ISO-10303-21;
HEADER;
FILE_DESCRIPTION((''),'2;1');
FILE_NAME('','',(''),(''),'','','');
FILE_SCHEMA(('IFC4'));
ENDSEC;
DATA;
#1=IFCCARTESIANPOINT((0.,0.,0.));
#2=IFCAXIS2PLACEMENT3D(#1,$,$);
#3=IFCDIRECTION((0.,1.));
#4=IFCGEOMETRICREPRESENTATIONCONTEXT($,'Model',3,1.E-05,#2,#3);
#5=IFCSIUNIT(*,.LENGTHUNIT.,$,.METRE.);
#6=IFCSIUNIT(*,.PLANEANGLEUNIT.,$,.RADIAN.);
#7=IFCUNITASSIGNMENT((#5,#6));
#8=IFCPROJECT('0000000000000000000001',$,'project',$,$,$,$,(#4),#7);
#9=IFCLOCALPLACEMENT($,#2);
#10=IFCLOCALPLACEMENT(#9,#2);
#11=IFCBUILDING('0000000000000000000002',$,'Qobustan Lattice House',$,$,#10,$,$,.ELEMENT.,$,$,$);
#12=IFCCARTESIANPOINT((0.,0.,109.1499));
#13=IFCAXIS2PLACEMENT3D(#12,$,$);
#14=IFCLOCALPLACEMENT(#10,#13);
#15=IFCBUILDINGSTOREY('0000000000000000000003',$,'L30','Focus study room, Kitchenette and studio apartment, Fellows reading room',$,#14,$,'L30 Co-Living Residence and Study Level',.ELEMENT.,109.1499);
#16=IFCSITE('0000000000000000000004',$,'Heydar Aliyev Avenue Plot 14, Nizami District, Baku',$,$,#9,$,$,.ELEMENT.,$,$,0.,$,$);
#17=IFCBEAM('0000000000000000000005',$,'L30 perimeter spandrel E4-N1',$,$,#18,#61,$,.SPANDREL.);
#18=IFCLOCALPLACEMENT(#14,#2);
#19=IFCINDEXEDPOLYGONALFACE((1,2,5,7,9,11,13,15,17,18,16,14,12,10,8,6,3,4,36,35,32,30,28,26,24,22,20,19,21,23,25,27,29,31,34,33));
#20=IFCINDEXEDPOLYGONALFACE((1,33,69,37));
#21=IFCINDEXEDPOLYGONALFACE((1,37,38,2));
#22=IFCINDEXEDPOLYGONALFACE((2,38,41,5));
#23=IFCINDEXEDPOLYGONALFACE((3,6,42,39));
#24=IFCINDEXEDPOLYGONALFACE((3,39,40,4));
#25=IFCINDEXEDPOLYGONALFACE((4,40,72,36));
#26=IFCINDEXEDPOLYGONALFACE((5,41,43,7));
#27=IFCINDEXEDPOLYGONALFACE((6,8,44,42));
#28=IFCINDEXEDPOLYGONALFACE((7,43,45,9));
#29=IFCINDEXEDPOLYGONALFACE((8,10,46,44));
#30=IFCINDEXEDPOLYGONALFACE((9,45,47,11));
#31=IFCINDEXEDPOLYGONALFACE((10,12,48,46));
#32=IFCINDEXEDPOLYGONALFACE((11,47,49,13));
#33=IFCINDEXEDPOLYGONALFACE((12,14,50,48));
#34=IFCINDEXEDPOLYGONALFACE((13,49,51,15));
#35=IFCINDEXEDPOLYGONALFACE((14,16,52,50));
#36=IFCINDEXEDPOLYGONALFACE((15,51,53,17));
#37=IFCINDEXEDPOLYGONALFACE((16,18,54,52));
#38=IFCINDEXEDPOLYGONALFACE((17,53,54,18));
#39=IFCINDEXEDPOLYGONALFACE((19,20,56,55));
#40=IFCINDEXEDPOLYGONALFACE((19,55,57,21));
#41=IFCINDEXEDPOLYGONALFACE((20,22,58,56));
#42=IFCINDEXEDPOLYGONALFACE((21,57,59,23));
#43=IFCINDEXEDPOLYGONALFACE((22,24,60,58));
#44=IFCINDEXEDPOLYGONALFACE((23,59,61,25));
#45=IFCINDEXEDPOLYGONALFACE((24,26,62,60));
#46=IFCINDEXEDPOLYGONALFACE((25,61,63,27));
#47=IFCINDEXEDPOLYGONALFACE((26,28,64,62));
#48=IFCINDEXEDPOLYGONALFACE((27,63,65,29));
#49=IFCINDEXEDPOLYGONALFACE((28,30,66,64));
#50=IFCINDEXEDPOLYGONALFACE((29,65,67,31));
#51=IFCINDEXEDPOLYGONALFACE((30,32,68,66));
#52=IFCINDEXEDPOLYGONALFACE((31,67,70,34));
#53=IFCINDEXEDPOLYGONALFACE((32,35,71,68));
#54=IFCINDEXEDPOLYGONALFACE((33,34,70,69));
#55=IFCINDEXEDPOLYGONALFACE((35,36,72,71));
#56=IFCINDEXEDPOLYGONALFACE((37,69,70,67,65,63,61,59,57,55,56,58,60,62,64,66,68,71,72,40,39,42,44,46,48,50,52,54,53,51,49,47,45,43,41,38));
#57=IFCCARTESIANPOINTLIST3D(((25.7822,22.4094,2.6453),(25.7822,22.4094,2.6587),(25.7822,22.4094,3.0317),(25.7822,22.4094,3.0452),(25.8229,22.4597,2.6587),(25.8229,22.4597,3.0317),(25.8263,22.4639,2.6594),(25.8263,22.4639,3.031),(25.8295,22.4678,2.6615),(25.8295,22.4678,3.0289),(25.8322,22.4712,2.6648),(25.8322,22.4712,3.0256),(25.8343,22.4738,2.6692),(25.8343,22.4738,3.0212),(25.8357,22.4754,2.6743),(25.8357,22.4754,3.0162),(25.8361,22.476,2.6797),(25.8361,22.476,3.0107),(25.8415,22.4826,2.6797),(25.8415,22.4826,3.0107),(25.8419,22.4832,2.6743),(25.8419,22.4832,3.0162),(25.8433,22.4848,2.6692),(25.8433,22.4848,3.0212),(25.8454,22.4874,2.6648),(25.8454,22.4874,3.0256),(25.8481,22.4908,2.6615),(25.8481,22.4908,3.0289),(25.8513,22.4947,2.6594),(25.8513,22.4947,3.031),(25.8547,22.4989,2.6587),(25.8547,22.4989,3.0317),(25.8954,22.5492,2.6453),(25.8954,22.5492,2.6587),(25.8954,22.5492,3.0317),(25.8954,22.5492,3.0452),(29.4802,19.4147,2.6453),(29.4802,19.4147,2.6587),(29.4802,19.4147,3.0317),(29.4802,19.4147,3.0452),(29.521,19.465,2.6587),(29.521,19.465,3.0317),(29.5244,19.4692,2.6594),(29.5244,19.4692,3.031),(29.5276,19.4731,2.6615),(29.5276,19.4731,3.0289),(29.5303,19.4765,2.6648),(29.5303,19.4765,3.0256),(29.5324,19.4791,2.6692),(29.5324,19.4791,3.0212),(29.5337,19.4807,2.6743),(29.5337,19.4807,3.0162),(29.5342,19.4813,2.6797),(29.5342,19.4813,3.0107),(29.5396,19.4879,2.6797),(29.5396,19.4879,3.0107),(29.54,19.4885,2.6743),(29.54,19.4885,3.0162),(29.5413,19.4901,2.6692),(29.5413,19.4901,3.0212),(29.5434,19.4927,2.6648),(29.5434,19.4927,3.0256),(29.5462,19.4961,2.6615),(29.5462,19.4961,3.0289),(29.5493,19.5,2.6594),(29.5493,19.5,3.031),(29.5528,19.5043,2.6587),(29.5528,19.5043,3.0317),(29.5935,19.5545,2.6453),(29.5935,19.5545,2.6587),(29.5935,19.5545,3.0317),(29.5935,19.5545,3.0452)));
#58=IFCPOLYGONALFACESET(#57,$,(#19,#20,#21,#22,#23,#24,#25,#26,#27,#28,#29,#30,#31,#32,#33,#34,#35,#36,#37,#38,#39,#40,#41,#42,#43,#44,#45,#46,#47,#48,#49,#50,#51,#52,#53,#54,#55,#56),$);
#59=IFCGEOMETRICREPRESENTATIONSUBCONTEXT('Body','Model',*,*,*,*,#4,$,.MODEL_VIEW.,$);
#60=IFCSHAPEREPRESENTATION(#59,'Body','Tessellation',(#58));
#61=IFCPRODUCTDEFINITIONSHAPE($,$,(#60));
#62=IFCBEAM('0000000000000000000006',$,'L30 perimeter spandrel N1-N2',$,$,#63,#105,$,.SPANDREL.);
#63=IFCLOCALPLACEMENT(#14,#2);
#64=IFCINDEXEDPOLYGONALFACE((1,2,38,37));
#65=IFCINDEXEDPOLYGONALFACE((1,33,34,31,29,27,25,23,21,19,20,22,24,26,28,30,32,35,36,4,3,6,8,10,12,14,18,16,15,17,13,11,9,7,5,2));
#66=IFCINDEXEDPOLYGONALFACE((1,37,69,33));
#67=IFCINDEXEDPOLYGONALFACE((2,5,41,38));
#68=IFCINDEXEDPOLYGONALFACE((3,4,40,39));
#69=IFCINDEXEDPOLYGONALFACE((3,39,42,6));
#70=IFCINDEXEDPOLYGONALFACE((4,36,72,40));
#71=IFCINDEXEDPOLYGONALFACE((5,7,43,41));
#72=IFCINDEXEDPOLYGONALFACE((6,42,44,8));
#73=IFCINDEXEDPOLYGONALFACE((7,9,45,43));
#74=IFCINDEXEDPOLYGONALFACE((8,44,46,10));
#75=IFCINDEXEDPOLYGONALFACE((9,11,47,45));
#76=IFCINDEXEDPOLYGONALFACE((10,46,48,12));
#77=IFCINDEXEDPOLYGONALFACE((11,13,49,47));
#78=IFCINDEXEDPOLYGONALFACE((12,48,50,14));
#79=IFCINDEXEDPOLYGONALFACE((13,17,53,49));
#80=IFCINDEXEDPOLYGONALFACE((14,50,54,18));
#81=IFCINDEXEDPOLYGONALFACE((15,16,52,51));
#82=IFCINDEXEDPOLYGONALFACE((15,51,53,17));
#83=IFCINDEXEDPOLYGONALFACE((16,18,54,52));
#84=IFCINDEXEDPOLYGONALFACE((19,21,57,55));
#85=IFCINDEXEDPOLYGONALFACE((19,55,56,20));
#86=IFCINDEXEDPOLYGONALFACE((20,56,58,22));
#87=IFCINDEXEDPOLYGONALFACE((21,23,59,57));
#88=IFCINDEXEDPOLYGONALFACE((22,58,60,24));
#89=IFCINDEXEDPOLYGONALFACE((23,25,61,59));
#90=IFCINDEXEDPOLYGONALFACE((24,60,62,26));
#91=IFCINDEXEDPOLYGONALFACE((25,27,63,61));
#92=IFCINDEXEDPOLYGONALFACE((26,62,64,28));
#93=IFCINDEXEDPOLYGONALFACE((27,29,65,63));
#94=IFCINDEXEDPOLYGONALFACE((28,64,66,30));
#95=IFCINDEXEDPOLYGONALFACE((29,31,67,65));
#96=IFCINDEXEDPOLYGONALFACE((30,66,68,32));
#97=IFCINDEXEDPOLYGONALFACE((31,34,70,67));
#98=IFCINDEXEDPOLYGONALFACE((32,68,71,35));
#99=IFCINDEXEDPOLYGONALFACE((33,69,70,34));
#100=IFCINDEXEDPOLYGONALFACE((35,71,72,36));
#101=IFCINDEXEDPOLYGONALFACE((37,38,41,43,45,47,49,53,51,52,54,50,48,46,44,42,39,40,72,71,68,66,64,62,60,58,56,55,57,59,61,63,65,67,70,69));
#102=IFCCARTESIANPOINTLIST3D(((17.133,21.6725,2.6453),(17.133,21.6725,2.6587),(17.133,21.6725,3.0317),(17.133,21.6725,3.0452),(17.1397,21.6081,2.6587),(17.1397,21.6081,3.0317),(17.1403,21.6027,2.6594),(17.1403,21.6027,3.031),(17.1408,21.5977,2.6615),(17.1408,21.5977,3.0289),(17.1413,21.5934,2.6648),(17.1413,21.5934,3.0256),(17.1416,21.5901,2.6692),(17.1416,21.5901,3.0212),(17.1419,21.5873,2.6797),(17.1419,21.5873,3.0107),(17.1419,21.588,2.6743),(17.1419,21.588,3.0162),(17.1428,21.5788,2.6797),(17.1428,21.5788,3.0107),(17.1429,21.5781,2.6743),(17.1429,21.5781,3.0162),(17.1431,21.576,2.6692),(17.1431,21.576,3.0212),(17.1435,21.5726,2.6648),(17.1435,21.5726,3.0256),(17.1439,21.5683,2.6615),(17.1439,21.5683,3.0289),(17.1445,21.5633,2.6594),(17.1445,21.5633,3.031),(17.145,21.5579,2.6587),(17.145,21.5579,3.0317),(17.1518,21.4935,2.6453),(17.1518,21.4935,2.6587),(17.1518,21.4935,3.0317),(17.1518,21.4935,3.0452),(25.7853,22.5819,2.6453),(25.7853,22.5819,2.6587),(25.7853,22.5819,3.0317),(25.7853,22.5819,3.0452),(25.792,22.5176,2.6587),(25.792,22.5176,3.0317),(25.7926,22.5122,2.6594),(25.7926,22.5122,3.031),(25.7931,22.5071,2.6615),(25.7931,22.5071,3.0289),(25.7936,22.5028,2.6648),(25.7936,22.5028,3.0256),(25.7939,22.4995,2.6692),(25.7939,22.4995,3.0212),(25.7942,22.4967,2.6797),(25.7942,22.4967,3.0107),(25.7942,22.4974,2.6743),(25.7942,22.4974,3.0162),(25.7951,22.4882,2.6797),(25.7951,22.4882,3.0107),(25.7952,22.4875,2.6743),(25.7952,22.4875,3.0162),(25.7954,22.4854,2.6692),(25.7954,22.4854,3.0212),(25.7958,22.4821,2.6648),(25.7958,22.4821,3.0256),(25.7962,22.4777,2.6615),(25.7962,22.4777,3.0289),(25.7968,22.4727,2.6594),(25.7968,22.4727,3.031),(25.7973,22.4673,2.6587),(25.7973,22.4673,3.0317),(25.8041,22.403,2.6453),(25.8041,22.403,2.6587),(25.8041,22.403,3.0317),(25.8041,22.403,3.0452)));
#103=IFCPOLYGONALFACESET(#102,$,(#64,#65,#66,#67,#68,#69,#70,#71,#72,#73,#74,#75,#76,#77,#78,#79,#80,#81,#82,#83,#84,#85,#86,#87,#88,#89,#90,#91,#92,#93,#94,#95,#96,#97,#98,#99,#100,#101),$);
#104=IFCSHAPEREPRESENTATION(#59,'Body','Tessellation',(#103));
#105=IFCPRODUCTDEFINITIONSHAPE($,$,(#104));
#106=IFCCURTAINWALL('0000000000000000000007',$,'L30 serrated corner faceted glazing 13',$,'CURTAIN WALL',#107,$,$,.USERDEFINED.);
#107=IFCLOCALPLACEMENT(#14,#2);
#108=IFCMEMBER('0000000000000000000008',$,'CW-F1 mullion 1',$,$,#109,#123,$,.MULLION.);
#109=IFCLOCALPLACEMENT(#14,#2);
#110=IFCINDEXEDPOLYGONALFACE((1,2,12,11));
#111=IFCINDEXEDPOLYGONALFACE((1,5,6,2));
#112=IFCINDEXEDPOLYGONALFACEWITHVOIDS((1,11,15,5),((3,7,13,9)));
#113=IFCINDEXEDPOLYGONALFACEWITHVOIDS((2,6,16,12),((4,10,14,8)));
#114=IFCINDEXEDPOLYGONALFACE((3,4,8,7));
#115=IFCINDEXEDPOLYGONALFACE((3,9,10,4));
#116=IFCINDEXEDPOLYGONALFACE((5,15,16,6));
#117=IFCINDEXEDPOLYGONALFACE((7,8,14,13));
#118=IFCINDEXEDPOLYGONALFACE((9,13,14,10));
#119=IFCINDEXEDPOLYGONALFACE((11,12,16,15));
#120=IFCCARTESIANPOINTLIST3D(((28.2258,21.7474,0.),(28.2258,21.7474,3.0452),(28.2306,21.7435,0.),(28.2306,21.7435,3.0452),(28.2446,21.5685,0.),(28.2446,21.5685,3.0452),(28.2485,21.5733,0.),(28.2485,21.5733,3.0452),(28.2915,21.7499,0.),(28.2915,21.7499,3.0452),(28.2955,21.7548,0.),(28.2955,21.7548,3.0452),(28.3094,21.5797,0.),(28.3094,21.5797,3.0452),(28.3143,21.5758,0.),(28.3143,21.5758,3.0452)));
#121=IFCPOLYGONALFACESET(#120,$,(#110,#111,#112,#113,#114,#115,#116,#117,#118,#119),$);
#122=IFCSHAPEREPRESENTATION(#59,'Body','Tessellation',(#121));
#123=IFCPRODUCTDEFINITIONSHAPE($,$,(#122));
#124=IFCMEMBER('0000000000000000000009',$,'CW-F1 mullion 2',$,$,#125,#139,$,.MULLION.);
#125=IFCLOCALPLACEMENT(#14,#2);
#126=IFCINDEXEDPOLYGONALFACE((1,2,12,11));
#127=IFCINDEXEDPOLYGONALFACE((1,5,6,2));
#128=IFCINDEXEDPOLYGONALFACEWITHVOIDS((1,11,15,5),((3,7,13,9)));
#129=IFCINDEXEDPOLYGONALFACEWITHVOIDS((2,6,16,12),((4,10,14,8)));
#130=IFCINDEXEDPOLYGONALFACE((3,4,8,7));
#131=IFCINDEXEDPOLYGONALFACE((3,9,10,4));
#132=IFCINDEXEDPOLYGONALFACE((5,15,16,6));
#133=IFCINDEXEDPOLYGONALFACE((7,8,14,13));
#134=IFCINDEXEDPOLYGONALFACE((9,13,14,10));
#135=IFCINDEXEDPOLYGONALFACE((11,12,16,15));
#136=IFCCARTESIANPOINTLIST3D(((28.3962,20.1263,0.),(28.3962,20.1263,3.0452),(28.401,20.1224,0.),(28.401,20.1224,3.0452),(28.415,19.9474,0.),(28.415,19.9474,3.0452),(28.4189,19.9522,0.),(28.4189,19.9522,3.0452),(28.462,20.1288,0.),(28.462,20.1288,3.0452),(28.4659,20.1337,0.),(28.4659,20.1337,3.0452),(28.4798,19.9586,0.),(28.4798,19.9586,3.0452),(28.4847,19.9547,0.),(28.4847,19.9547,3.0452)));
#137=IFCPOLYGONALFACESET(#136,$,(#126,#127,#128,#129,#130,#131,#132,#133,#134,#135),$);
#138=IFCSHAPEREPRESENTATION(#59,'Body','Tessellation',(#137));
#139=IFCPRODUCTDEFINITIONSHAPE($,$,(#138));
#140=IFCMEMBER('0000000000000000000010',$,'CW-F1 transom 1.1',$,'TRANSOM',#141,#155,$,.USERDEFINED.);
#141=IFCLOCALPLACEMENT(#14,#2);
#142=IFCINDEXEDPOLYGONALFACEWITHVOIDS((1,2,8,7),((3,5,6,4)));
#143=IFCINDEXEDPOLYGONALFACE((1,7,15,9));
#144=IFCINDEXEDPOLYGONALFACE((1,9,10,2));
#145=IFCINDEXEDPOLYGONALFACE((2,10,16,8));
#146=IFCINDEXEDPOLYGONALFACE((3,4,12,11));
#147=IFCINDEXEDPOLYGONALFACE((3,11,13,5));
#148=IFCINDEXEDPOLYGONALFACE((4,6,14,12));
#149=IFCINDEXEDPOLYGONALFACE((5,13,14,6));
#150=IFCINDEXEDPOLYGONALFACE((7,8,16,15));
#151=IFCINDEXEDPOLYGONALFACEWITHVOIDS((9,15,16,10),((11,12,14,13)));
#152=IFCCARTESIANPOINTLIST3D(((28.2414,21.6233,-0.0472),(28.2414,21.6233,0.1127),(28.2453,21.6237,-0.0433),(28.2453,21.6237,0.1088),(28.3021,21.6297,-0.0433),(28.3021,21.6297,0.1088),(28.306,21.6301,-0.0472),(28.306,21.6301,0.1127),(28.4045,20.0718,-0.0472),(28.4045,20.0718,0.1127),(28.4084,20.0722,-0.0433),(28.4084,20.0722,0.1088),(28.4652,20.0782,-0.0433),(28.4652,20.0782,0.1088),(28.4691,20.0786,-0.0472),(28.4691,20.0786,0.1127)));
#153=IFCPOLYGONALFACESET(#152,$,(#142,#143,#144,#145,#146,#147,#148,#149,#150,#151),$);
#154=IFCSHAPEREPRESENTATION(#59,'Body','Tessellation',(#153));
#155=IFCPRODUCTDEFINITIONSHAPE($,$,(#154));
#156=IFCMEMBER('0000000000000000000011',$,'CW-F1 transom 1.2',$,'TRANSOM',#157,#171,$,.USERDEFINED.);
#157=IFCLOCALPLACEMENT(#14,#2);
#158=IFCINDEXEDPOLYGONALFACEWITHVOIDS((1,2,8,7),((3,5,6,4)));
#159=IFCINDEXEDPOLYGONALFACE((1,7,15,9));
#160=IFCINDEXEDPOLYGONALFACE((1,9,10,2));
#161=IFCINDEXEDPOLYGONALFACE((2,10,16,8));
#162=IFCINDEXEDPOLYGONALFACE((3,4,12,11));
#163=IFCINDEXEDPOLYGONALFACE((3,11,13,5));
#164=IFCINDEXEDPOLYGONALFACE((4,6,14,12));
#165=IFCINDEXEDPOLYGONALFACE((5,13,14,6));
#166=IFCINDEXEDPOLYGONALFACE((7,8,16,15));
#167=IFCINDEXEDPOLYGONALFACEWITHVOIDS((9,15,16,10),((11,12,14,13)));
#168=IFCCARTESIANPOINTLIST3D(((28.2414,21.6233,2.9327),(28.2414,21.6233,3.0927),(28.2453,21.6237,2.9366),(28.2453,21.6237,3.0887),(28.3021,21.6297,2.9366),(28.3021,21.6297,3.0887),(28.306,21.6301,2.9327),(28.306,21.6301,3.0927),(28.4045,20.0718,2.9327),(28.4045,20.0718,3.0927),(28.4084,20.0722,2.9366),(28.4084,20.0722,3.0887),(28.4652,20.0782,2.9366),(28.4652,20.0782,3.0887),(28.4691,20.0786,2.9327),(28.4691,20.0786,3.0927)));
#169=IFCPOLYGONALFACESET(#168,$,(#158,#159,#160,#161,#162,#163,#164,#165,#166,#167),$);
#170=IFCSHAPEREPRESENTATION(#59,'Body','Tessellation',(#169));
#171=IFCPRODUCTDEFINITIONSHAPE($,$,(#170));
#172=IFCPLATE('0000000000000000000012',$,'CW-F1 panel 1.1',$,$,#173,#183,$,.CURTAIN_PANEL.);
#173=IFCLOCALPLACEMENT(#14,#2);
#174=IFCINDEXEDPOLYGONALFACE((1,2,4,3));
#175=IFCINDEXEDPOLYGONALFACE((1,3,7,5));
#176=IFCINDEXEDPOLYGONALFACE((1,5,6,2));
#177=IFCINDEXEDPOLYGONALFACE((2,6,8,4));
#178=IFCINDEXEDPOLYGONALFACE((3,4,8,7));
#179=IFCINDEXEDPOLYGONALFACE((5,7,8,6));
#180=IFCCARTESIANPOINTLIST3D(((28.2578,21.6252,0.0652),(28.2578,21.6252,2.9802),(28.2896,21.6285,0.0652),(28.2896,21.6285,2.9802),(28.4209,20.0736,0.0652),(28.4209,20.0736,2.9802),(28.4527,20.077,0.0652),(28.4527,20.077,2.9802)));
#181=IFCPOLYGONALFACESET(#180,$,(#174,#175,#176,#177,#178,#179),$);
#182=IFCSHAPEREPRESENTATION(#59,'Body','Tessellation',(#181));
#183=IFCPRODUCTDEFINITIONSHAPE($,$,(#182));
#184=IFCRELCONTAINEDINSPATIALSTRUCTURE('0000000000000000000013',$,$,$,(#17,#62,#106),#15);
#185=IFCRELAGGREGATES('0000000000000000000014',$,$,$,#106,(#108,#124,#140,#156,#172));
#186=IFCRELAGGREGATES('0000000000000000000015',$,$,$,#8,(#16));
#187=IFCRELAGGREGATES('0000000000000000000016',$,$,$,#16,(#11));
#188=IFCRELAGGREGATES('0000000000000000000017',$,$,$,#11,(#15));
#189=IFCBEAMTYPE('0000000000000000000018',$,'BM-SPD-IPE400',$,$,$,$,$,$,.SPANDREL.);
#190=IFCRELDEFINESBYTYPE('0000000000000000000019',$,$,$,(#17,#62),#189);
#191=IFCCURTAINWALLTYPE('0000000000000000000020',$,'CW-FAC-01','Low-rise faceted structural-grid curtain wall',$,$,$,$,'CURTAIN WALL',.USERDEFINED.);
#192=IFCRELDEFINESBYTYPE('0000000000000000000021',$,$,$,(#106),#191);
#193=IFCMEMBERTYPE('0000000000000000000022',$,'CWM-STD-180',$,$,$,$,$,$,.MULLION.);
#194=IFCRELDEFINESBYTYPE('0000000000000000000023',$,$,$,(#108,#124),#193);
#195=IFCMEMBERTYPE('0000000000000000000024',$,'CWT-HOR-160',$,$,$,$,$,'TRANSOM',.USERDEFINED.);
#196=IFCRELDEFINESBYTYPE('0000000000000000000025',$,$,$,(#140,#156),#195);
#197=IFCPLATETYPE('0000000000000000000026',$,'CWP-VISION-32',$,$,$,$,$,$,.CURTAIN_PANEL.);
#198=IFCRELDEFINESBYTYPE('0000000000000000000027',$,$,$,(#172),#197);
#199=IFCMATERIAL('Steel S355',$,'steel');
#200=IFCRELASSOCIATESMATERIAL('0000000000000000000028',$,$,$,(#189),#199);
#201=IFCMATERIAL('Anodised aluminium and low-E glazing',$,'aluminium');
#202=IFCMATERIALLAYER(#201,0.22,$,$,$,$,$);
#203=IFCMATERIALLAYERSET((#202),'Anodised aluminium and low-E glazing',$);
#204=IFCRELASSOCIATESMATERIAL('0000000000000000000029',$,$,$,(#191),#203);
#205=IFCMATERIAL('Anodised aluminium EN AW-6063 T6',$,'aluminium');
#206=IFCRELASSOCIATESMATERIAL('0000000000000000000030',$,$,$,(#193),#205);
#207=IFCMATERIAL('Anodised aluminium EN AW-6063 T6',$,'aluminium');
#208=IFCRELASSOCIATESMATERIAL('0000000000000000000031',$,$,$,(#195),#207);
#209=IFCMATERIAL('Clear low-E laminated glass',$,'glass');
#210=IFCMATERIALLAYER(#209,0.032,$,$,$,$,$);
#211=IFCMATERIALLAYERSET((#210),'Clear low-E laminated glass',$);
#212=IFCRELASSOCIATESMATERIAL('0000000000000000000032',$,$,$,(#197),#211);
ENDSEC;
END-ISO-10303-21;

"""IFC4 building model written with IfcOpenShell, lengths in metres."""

from ifc_helpers import new_model, si_unit, direction, frame, origin, origin_2d, place, context, subcontext, project, spatial, rectangle, hollow_rectangle, i_section, extrude, material, layer, layer_set, material_profile, profile_set, type_object, element, aggregate, save


model = new_model("IFC4")

# Units and contexts
model_context = context("Model", 3, precision=1e-05, world=origin(), true_north=direction((0.0, 1.0)))
body_context = subcontext(model_context, "Body", "Model", "MODEL_VIEW")
ifc_project = project(units=[si_unit("LENGTHUNIT", "METRE"), si_unit("PLANEANGLEUNIT", "RADIAN")], contexts=[model_context])

# Site, building, storey
site_placement = place(None, origin())
site = spatial("IfcSite", under=ifc_project, at=site_placement, Name="Heydar Aliyev Avenue Plot 14, Nizami District, Baku", CompositionType="ELEMENT", RefElevation=0.0)
building_placement = place(site_placement, origin())
building = spatial("IfcBuilding", under=site, at=building_placement, Name="Qobustan Lattice House", CompositionType="ELEMENT")
storey_placement = place(building_placement, frame((0.0, 0.0, 109.1499)))
storey = spatial("IfcBuildingStorey", under=building, at=storey_placement, Name="L30", Description="Focus study room, Kitchenette and studio apartment, Fellows reading room", LongName="L30 Co-Living Residence and Study Level", CompositionType="ELEMENT", Elevation=109.1499)

# Beams
ifc_material_1 = material(Name="Steel S355", Category="steel")
ifc_material_profile_1 = material_profile(ifc_material_1, i_section(OverallWidth=0.1799, OverallDepth=0.3999, WebThickness=0.0085, FlangeThickness=0.0134, FilletRadius=0.021, at=origin_2d()), Name="IPE400")
ifc_profile_set_1 = profile_set([ifc_material_profile_1], Name="Steel S355")
beam_type_1 = type_object("IfcBeamType", Name="BM-SPD-IPE400", PredefinedType="SPANDREL", material=ifc_profile_set_1)
beam_1_placement = place(storey_placement, frame((29.5369, 19.4846, 2.8452), z_axis=(-0.777141, 0.629327, 0.0), x_axis=(-0.629327, -0.777141, 0.0)))
element("IfcBeam", 1, at=beam_1_placement, inside=storey, type_object=beam_type_1, Name="L30 perimeter spandrel E4-N1", PredefinedType="SPANDREL", context=body_context, shape_type="SweptSolid", body=[
    extrude(i_section(OverallWidth=0.1799, OverallDepth=0.3999, WebThickness=0.0085, FlangeThickness=0.0134, FilletRadius=0.021, at=origin_2d()), origin(), (0.0, 0.0, 1.0), 4.7585),
])
beam_2_placement = place(storey_placement, frame((25.7947, 22.4924, 2.8452), z_axis=(-0.994522, -0.104531, 0.0), x_axis=(0.104531, -0.994522, 0.0)))
element("IfcBeam", 2, at=beam_2_placement, inside=storey, type_object=beam_type_1, Name="L30 perimeter spandrel N1-N2", PredefinedType="SPANDREL", context=body_context, shape_type="SweptSolid", body=[
    extrude(i_section(OverallWidth=0.1799, OverallDepth=0.3999, WebThickness=0.0085, FlangeThickness=0.0134, FilletRadius=0.021, at=origin_2d()), origin(), (0.0, 0.0, 1.0), 8.7),
])

# Curtain wall, members, plate
ifc_material_2 = material(Name="Anodised aluminium and low-E glazing", Category="aluminium")
ifc_layer_1 = layer(ifc_material_2, 0.22)
ifc_layer_set_1 = layer_set([ifc_layer_1], Name="Anodised aluminium and low-E glazing")
curtain_wall_type = type_object("IfcCurtainWallType", Name="CW-FAC-01", Description="Low-rise faceted structural-grid curtain wall", ElementType="CURTAIN WALL", PredefinedType="USERDEFINED", material=ifc_layer_set_1)
curtain_wall_placement = place(storey_placement, origin())
curtain_wall = element("IfcCurtainWall", 3, at=curtain_wall_placement, inside=storey, type_object=curtain_wall_type, Name="L30 serrated corner faceted glazing 13", ObjectType="CURTAIN WALL", PredefinedType="USERDEFINED")
ifc_material_3 = material(Name="Anodised aluminium EN AW-6063 T6", Category="aluminium")
ifc_material_profile_2 = material_profile(ifc_material_3, hollow_rectangle(XDim=0.0701, YDim=0.1799, WallThickness=0.0044, at=origin_2d()), Name="CWM-180x70")
ifc_profile_set_2 = profile_set([ifc_material_profile_2], Name="Anodised aluminium EN AW-6063 T6")
member_type_1 = type_object("IfcMemberType", Name="CWM-STD-180", PredefinedType="MULLION", material=ifc_profile_set_2)
member_1_placement = place(storey_placement, frame((28.27, 21.6616, 0.0), z_axis=(0.0, 0.0, 1.0), x_axis=(0.994522, 0.104529, 0.0)))
member_1 = element("IfcMember", 4, at=member_1_placement, type_object=member_type_1, Name="CW-F1 mullion 1", PredefinedType="MULLION", context=body_context, shape_type="SweptSolid", body=[
    extrude(hollow_rectangle(XDim=0.0701, YDim=0.1799, WallThickness=0.0044, at=origin_2d()), origin(), (0.0, 0.0, 1.0), 3.0452),
])
member_2_placement = place(storey_placement, frame((28.4404, 20.0405, 0.0), z_axis=(0.0, 0.0, 1.0), x_axis=(0.994522, 0.104529, 0.0)))
member_2 = element("IfcMember", 5, at=member_2_placement, type_object=member_type_1, Name="CW-F1 mullion 2", PredefinedType="MULLION", context=body_context, shape_type="SweptSolid", body=[
    extrude(hollow_rectangle(XDim=0.0701, YDim=0.1799, WallThickness=0.0044, at=origin_2d()), origin(), (0.0, 0.0, 1.0), 3.0452),
])
ifc_material_4 = material(Name="Anodised aluminium EN AW-6063 T6", Category="aluminium")
ifc_material_profile_3 = material_profile(ifc_material_4, hollow_rectangle(XDim=0.0649, YDim=0.1599, WallThickness=0.0039, at=origin_2d()), Name="CWT-160x65")
ifc_profile_set_3 = profile_set([ifc_material_profile_3], Name="Anodised aluminium EN AW-6063 T6")
member_type_2 = type_object("IfcMemberType", Name="CWT-HOR-160", ElementType="TRANSOM", PredefinedType="USERDEFINED", material=ifc_profile_set_3)
member_3_placement = place(storey_placement, frame((28.2737, 21.6267, 0.0327), z_axis=(0.104538, -0.994521, 0.0), x_axis=(0.994521, 0.104538, 0.0)))
member_3 = element("IfcMember", 6, at=member_3_placement, type_object=member_type_2, Name="CW-F1 transom 1.1", ObjectType="TRANSOM", PredefinedType="USERDEFINED", context=body_context, shape_type="SweptSolid", body=[
    extrude(hollow_rectangle(XDim=0.0649, YDim=0.1599, WallThickness=0.0039, at=origin_2d()), origin(), (0.0, 0.0, 1.0), 1.5601),
])
member_4_placement = place(storey_placement, frame((28.2737, 21.6267, 3.0127), z_axis=(0.104538, -0.994521, 0.0), x_axis=(0.994521, 0.104538, 0.0)))
member_4 = element("IfcMember", 7, at=member_4_placement, type_object=member_type_2, Name="CW-F1 transom 1.2", ObjectType="TRANSOM", PredefinedType="USERDEFINED", context=body_context, shape_type="SweptSolid", body=[
    extrude(hollow_rectangle(XDim=0.0649, YDim=0.1599, WallThickness=0.0039, at=origin_2d()), origin(), (0.0, 0.0, 1.0), 1.5601),
])
ifc_material_5 = material(Name="Clear low-E laminated glass", Category="glass")
ifc_layer_2 = layer(ifc_material_5, 0.032)
ifc_layer_set_2 = layer_set([ifc_layer_2], Name="Clear low-E laminated glass")
plate_type_1 = type_object("IfcPlateType", Name="CWP-VISION-32", PredefinedType="CURTAIN_PANEL", material=ifc_layer_set_2)
plate_1_placement = place(storey_placement, frame((28.3552, 20.8511, 0.0652), z_axis=(0.0, 0.0, 1.0), x_axis=(0.104529, -0.994522, 0.0)))
plate_1 = element("IfcPlate", 8, at=plate_1_placement, type_object=plate_type_1, Name="CW-F1 panel 1.1", PredefinedType="CURTAIN_PANEL", context=body_context, shape_type="SweptSolid", body=[
    extrude(rectangle(XDim=1.5601, YDim=0.032, at=origin_2d()), origin(), (0.0, 0.0, 1.0), 2.915),
])
aggregate(curtain_wall, [member_1, member_2, member_3, member_4, plate_1])

save(model, "model.ifc")
